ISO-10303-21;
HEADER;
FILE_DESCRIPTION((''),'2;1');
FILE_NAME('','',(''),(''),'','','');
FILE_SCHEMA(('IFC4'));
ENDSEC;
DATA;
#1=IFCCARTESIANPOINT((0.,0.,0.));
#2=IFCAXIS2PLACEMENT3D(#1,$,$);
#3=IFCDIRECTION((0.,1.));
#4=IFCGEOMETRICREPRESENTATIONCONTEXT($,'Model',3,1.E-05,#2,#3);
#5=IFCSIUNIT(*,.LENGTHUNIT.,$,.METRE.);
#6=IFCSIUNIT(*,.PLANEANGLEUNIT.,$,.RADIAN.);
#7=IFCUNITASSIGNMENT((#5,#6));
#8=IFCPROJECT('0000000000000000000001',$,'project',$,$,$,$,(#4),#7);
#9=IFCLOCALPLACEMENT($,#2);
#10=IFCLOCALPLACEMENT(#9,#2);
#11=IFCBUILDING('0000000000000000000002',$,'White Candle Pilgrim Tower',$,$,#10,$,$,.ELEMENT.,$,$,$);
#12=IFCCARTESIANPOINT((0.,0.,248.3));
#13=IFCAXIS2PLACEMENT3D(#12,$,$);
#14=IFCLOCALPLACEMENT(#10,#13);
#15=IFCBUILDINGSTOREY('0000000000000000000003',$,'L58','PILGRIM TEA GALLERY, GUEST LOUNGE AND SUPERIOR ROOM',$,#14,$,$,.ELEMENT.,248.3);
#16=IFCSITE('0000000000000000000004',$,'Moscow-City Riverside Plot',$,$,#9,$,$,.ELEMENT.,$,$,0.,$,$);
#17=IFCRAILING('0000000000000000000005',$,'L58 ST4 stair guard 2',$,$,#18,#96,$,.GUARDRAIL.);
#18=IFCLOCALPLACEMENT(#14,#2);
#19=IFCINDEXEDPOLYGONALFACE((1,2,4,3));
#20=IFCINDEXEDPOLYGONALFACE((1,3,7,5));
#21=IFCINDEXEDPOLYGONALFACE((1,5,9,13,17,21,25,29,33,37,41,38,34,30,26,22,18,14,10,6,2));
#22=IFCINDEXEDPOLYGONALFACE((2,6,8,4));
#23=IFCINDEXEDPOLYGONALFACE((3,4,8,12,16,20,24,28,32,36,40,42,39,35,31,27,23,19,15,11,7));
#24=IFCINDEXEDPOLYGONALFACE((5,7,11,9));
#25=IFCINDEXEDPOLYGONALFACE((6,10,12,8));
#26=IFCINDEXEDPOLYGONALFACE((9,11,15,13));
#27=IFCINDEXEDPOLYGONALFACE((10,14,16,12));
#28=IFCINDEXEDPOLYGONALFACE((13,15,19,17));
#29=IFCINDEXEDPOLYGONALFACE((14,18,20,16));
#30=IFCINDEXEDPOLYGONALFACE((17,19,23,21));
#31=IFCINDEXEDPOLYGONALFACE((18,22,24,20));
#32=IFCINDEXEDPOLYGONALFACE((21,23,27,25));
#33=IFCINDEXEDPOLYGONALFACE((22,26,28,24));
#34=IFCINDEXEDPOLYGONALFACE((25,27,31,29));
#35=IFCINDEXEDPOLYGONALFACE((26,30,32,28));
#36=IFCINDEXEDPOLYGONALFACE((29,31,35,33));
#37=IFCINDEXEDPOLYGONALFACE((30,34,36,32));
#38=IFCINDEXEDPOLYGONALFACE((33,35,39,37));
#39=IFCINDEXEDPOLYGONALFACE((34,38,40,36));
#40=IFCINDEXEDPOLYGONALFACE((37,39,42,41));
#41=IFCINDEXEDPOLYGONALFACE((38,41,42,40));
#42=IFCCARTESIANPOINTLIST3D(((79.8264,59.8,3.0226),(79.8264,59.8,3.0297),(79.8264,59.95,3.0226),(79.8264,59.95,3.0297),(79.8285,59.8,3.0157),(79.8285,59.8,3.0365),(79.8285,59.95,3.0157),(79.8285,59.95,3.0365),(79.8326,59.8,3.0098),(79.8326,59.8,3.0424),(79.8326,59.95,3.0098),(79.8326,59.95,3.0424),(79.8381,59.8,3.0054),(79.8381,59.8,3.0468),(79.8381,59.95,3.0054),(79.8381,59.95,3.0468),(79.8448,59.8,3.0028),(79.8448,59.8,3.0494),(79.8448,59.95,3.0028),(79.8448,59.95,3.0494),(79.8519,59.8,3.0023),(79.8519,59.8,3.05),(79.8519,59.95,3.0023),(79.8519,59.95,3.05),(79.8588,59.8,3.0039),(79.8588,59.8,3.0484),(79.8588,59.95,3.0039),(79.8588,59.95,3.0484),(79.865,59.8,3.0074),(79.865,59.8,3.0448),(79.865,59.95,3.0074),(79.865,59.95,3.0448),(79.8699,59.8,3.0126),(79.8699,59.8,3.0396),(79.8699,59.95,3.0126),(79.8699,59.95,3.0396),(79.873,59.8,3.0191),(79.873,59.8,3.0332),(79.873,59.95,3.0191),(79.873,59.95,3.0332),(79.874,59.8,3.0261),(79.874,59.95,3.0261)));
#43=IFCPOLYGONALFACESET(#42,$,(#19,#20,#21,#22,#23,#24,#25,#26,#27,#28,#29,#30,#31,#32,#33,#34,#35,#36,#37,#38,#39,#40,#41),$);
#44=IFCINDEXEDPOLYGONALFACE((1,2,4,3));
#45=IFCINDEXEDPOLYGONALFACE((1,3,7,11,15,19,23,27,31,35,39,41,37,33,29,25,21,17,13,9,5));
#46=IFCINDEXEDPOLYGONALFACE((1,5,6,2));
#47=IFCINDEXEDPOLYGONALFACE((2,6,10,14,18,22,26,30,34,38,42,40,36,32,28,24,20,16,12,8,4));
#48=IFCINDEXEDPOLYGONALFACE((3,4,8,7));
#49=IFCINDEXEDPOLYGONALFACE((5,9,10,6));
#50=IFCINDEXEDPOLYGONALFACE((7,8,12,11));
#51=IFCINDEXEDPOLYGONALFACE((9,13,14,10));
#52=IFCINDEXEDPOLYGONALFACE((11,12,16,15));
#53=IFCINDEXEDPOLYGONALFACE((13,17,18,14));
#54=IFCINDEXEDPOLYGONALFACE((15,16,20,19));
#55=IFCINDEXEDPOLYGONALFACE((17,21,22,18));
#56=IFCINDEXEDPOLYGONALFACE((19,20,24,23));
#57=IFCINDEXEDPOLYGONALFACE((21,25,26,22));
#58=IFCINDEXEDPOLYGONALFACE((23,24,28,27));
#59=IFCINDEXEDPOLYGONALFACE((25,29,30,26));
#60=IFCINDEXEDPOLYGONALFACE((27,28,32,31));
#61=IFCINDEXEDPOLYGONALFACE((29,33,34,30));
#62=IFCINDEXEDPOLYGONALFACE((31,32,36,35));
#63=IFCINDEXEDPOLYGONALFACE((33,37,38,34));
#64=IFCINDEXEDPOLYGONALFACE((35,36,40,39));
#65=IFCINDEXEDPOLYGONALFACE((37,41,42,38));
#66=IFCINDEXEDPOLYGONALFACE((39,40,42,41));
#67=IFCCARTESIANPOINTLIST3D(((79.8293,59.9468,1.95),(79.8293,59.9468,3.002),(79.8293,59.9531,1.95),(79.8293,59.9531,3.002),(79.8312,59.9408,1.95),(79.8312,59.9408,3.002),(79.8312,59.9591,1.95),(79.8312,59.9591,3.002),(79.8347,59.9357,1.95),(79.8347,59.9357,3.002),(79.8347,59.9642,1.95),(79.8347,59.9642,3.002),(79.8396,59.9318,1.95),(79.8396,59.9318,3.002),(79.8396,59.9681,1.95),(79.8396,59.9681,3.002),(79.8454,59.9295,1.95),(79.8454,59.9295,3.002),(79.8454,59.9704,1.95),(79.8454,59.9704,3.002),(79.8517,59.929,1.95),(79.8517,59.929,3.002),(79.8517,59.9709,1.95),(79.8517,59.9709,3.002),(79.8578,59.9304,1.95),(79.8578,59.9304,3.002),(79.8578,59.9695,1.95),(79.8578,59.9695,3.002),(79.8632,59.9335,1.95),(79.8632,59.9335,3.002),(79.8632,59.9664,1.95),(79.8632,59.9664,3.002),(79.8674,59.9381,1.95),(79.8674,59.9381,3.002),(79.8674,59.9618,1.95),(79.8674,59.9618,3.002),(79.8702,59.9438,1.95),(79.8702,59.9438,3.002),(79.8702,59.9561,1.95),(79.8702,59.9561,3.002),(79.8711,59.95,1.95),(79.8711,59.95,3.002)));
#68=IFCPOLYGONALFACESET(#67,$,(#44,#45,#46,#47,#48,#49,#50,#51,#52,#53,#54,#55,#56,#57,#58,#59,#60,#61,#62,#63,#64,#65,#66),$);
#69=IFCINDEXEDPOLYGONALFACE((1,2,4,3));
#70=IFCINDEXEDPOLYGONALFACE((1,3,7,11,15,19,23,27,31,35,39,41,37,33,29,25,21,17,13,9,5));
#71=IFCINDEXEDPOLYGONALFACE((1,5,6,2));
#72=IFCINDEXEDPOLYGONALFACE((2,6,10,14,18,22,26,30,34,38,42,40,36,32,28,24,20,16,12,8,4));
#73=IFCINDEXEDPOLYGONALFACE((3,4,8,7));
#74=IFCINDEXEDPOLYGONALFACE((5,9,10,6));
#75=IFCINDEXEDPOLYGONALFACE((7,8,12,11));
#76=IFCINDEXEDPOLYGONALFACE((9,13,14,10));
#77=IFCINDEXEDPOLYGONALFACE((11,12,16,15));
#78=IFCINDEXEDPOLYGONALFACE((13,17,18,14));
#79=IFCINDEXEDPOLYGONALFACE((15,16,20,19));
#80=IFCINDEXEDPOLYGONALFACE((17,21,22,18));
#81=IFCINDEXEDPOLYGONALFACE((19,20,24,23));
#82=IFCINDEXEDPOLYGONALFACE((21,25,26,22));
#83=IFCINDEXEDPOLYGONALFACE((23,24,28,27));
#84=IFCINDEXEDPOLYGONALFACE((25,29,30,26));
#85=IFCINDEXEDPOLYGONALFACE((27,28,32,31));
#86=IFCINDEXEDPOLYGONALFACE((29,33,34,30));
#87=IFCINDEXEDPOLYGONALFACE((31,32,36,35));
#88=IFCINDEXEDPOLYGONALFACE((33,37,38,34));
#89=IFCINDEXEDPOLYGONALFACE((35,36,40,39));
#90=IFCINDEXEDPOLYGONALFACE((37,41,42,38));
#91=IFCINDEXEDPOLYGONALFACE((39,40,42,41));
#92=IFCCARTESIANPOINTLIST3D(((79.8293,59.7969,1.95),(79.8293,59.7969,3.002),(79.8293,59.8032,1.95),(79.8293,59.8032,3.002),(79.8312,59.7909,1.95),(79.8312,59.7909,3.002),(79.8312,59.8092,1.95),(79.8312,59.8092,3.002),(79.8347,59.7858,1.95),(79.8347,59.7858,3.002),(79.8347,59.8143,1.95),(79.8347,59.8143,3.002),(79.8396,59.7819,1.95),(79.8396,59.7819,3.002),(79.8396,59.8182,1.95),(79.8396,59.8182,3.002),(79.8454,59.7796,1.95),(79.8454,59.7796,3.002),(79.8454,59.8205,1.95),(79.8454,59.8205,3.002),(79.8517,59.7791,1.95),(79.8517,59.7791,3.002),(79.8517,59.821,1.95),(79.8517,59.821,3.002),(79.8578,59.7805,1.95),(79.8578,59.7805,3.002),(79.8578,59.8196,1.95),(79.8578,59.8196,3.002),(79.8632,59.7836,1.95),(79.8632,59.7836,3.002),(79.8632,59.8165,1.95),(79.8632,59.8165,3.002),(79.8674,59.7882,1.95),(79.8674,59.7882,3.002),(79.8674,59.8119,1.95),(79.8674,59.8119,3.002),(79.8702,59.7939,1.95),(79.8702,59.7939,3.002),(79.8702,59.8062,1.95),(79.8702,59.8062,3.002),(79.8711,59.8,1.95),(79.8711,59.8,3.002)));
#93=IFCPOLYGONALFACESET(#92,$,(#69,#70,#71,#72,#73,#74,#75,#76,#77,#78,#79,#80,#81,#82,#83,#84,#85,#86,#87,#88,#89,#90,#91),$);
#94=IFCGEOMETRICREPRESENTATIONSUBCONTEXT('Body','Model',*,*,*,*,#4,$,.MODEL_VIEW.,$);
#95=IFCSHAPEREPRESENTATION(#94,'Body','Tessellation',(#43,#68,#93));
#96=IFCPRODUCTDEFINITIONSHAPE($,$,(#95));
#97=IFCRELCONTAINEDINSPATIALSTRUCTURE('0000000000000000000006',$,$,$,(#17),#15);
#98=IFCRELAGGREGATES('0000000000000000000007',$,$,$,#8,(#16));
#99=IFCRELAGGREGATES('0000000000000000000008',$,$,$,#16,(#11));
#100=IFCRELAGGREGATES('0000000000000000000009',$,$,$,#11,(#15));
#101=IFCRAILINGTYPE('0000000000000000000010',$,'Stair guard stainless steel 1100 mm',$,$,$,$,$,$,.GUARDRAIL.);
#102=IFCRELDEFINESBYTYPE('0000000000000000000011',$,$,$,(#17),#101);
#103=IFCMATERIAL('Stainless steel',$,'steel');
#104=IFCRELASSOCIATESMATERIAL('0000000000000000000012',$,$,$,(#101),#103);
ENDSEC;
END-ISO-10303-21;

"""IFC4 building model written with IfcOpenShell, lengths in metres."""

from ifc_helpers import new_model, si_unit, direction, frame, origin, origin_2d, place, context, subcontext, project, spatial, circle, extrude, material, type_object, element, save


model = new_model("IFC4")

# Units and contexts
model_context = context("Model", 3, precision=1e-05, world=origin(), true_north=direction((0.0, 1.0)))
body_context = subcontext(model_context, "Body", "Model", "MODEL_VIEW")
ifc_project = project(units=[si_unit("LENGTHUNIT", "METRE"), si_unit("PLANEANGLEUNIT", "RADIAN")], contexts=[model_context])

# Site, building, storey
site_placement = place(None, origin())
site = spatial("IfcSite", under=ifc_project, at=site_placement, Name="Moscow-City Riverside Plot", CompositionType="ELEMENT", RefElevation=0.0)
building_placement = place(site_placement, origin())
building = spatial("IfcBuilding", under=site, at=building_placement, Name="White Candle Pilgrim Tower", CompositionType="ELEMENT")
storey_placement = place(building_placement, frame((0.0, 0.0, 248.3)))
storey = spatial("IfcBuildingStorey", under=building, at=storey_placement, Name="L58", Description="PILGRIM TEA GALLERY, GUEST LOUNGE AND SUPERIOR ROOM", CompositionType="ELEMENT", Elevation=248.3)

# Railing
ifc_material_1 = material(Name="Stainless steel", Category="steel")
railing_type = type_object("IfcRailingType", Name="Stair guard stainless steel 1100 mm", PredefinedType="GUARDRAIL", material=ifc_material_1)
railing_placement = place(storey_placement, frame((79.8501, 59.95, 1.95)))
element("IfcRailing", 1, at=railing_placement, inside=storey, type_object=railing_type, Name="L58 ST4 stair guard 2", PredefinedType="GUARDRAIL", context=body_context, shape_type="SweptSolid", body=[
    extrude(circle(Radius=0.0239, at=origin_2d()), frame((0.0, 0.0, 1.0762), z_axis=(0.0, -1.0, 0.0), x_axis=(1.0, 0.0, 0.0)), (0.0, 0.0, 1.0), 0.1499),
    extrude(circle(Radius=0.021, at=origin_2d()), origin(), (0.0, 0.0, 1.0), 1.052),
    extrude(circle(Radius=0.021, at=origin_2d()), frame((0.0, -0.1499, 0.0)), (0.0, 0.0, 1.0), 1.052),
])

save(model, "model.ifc")
